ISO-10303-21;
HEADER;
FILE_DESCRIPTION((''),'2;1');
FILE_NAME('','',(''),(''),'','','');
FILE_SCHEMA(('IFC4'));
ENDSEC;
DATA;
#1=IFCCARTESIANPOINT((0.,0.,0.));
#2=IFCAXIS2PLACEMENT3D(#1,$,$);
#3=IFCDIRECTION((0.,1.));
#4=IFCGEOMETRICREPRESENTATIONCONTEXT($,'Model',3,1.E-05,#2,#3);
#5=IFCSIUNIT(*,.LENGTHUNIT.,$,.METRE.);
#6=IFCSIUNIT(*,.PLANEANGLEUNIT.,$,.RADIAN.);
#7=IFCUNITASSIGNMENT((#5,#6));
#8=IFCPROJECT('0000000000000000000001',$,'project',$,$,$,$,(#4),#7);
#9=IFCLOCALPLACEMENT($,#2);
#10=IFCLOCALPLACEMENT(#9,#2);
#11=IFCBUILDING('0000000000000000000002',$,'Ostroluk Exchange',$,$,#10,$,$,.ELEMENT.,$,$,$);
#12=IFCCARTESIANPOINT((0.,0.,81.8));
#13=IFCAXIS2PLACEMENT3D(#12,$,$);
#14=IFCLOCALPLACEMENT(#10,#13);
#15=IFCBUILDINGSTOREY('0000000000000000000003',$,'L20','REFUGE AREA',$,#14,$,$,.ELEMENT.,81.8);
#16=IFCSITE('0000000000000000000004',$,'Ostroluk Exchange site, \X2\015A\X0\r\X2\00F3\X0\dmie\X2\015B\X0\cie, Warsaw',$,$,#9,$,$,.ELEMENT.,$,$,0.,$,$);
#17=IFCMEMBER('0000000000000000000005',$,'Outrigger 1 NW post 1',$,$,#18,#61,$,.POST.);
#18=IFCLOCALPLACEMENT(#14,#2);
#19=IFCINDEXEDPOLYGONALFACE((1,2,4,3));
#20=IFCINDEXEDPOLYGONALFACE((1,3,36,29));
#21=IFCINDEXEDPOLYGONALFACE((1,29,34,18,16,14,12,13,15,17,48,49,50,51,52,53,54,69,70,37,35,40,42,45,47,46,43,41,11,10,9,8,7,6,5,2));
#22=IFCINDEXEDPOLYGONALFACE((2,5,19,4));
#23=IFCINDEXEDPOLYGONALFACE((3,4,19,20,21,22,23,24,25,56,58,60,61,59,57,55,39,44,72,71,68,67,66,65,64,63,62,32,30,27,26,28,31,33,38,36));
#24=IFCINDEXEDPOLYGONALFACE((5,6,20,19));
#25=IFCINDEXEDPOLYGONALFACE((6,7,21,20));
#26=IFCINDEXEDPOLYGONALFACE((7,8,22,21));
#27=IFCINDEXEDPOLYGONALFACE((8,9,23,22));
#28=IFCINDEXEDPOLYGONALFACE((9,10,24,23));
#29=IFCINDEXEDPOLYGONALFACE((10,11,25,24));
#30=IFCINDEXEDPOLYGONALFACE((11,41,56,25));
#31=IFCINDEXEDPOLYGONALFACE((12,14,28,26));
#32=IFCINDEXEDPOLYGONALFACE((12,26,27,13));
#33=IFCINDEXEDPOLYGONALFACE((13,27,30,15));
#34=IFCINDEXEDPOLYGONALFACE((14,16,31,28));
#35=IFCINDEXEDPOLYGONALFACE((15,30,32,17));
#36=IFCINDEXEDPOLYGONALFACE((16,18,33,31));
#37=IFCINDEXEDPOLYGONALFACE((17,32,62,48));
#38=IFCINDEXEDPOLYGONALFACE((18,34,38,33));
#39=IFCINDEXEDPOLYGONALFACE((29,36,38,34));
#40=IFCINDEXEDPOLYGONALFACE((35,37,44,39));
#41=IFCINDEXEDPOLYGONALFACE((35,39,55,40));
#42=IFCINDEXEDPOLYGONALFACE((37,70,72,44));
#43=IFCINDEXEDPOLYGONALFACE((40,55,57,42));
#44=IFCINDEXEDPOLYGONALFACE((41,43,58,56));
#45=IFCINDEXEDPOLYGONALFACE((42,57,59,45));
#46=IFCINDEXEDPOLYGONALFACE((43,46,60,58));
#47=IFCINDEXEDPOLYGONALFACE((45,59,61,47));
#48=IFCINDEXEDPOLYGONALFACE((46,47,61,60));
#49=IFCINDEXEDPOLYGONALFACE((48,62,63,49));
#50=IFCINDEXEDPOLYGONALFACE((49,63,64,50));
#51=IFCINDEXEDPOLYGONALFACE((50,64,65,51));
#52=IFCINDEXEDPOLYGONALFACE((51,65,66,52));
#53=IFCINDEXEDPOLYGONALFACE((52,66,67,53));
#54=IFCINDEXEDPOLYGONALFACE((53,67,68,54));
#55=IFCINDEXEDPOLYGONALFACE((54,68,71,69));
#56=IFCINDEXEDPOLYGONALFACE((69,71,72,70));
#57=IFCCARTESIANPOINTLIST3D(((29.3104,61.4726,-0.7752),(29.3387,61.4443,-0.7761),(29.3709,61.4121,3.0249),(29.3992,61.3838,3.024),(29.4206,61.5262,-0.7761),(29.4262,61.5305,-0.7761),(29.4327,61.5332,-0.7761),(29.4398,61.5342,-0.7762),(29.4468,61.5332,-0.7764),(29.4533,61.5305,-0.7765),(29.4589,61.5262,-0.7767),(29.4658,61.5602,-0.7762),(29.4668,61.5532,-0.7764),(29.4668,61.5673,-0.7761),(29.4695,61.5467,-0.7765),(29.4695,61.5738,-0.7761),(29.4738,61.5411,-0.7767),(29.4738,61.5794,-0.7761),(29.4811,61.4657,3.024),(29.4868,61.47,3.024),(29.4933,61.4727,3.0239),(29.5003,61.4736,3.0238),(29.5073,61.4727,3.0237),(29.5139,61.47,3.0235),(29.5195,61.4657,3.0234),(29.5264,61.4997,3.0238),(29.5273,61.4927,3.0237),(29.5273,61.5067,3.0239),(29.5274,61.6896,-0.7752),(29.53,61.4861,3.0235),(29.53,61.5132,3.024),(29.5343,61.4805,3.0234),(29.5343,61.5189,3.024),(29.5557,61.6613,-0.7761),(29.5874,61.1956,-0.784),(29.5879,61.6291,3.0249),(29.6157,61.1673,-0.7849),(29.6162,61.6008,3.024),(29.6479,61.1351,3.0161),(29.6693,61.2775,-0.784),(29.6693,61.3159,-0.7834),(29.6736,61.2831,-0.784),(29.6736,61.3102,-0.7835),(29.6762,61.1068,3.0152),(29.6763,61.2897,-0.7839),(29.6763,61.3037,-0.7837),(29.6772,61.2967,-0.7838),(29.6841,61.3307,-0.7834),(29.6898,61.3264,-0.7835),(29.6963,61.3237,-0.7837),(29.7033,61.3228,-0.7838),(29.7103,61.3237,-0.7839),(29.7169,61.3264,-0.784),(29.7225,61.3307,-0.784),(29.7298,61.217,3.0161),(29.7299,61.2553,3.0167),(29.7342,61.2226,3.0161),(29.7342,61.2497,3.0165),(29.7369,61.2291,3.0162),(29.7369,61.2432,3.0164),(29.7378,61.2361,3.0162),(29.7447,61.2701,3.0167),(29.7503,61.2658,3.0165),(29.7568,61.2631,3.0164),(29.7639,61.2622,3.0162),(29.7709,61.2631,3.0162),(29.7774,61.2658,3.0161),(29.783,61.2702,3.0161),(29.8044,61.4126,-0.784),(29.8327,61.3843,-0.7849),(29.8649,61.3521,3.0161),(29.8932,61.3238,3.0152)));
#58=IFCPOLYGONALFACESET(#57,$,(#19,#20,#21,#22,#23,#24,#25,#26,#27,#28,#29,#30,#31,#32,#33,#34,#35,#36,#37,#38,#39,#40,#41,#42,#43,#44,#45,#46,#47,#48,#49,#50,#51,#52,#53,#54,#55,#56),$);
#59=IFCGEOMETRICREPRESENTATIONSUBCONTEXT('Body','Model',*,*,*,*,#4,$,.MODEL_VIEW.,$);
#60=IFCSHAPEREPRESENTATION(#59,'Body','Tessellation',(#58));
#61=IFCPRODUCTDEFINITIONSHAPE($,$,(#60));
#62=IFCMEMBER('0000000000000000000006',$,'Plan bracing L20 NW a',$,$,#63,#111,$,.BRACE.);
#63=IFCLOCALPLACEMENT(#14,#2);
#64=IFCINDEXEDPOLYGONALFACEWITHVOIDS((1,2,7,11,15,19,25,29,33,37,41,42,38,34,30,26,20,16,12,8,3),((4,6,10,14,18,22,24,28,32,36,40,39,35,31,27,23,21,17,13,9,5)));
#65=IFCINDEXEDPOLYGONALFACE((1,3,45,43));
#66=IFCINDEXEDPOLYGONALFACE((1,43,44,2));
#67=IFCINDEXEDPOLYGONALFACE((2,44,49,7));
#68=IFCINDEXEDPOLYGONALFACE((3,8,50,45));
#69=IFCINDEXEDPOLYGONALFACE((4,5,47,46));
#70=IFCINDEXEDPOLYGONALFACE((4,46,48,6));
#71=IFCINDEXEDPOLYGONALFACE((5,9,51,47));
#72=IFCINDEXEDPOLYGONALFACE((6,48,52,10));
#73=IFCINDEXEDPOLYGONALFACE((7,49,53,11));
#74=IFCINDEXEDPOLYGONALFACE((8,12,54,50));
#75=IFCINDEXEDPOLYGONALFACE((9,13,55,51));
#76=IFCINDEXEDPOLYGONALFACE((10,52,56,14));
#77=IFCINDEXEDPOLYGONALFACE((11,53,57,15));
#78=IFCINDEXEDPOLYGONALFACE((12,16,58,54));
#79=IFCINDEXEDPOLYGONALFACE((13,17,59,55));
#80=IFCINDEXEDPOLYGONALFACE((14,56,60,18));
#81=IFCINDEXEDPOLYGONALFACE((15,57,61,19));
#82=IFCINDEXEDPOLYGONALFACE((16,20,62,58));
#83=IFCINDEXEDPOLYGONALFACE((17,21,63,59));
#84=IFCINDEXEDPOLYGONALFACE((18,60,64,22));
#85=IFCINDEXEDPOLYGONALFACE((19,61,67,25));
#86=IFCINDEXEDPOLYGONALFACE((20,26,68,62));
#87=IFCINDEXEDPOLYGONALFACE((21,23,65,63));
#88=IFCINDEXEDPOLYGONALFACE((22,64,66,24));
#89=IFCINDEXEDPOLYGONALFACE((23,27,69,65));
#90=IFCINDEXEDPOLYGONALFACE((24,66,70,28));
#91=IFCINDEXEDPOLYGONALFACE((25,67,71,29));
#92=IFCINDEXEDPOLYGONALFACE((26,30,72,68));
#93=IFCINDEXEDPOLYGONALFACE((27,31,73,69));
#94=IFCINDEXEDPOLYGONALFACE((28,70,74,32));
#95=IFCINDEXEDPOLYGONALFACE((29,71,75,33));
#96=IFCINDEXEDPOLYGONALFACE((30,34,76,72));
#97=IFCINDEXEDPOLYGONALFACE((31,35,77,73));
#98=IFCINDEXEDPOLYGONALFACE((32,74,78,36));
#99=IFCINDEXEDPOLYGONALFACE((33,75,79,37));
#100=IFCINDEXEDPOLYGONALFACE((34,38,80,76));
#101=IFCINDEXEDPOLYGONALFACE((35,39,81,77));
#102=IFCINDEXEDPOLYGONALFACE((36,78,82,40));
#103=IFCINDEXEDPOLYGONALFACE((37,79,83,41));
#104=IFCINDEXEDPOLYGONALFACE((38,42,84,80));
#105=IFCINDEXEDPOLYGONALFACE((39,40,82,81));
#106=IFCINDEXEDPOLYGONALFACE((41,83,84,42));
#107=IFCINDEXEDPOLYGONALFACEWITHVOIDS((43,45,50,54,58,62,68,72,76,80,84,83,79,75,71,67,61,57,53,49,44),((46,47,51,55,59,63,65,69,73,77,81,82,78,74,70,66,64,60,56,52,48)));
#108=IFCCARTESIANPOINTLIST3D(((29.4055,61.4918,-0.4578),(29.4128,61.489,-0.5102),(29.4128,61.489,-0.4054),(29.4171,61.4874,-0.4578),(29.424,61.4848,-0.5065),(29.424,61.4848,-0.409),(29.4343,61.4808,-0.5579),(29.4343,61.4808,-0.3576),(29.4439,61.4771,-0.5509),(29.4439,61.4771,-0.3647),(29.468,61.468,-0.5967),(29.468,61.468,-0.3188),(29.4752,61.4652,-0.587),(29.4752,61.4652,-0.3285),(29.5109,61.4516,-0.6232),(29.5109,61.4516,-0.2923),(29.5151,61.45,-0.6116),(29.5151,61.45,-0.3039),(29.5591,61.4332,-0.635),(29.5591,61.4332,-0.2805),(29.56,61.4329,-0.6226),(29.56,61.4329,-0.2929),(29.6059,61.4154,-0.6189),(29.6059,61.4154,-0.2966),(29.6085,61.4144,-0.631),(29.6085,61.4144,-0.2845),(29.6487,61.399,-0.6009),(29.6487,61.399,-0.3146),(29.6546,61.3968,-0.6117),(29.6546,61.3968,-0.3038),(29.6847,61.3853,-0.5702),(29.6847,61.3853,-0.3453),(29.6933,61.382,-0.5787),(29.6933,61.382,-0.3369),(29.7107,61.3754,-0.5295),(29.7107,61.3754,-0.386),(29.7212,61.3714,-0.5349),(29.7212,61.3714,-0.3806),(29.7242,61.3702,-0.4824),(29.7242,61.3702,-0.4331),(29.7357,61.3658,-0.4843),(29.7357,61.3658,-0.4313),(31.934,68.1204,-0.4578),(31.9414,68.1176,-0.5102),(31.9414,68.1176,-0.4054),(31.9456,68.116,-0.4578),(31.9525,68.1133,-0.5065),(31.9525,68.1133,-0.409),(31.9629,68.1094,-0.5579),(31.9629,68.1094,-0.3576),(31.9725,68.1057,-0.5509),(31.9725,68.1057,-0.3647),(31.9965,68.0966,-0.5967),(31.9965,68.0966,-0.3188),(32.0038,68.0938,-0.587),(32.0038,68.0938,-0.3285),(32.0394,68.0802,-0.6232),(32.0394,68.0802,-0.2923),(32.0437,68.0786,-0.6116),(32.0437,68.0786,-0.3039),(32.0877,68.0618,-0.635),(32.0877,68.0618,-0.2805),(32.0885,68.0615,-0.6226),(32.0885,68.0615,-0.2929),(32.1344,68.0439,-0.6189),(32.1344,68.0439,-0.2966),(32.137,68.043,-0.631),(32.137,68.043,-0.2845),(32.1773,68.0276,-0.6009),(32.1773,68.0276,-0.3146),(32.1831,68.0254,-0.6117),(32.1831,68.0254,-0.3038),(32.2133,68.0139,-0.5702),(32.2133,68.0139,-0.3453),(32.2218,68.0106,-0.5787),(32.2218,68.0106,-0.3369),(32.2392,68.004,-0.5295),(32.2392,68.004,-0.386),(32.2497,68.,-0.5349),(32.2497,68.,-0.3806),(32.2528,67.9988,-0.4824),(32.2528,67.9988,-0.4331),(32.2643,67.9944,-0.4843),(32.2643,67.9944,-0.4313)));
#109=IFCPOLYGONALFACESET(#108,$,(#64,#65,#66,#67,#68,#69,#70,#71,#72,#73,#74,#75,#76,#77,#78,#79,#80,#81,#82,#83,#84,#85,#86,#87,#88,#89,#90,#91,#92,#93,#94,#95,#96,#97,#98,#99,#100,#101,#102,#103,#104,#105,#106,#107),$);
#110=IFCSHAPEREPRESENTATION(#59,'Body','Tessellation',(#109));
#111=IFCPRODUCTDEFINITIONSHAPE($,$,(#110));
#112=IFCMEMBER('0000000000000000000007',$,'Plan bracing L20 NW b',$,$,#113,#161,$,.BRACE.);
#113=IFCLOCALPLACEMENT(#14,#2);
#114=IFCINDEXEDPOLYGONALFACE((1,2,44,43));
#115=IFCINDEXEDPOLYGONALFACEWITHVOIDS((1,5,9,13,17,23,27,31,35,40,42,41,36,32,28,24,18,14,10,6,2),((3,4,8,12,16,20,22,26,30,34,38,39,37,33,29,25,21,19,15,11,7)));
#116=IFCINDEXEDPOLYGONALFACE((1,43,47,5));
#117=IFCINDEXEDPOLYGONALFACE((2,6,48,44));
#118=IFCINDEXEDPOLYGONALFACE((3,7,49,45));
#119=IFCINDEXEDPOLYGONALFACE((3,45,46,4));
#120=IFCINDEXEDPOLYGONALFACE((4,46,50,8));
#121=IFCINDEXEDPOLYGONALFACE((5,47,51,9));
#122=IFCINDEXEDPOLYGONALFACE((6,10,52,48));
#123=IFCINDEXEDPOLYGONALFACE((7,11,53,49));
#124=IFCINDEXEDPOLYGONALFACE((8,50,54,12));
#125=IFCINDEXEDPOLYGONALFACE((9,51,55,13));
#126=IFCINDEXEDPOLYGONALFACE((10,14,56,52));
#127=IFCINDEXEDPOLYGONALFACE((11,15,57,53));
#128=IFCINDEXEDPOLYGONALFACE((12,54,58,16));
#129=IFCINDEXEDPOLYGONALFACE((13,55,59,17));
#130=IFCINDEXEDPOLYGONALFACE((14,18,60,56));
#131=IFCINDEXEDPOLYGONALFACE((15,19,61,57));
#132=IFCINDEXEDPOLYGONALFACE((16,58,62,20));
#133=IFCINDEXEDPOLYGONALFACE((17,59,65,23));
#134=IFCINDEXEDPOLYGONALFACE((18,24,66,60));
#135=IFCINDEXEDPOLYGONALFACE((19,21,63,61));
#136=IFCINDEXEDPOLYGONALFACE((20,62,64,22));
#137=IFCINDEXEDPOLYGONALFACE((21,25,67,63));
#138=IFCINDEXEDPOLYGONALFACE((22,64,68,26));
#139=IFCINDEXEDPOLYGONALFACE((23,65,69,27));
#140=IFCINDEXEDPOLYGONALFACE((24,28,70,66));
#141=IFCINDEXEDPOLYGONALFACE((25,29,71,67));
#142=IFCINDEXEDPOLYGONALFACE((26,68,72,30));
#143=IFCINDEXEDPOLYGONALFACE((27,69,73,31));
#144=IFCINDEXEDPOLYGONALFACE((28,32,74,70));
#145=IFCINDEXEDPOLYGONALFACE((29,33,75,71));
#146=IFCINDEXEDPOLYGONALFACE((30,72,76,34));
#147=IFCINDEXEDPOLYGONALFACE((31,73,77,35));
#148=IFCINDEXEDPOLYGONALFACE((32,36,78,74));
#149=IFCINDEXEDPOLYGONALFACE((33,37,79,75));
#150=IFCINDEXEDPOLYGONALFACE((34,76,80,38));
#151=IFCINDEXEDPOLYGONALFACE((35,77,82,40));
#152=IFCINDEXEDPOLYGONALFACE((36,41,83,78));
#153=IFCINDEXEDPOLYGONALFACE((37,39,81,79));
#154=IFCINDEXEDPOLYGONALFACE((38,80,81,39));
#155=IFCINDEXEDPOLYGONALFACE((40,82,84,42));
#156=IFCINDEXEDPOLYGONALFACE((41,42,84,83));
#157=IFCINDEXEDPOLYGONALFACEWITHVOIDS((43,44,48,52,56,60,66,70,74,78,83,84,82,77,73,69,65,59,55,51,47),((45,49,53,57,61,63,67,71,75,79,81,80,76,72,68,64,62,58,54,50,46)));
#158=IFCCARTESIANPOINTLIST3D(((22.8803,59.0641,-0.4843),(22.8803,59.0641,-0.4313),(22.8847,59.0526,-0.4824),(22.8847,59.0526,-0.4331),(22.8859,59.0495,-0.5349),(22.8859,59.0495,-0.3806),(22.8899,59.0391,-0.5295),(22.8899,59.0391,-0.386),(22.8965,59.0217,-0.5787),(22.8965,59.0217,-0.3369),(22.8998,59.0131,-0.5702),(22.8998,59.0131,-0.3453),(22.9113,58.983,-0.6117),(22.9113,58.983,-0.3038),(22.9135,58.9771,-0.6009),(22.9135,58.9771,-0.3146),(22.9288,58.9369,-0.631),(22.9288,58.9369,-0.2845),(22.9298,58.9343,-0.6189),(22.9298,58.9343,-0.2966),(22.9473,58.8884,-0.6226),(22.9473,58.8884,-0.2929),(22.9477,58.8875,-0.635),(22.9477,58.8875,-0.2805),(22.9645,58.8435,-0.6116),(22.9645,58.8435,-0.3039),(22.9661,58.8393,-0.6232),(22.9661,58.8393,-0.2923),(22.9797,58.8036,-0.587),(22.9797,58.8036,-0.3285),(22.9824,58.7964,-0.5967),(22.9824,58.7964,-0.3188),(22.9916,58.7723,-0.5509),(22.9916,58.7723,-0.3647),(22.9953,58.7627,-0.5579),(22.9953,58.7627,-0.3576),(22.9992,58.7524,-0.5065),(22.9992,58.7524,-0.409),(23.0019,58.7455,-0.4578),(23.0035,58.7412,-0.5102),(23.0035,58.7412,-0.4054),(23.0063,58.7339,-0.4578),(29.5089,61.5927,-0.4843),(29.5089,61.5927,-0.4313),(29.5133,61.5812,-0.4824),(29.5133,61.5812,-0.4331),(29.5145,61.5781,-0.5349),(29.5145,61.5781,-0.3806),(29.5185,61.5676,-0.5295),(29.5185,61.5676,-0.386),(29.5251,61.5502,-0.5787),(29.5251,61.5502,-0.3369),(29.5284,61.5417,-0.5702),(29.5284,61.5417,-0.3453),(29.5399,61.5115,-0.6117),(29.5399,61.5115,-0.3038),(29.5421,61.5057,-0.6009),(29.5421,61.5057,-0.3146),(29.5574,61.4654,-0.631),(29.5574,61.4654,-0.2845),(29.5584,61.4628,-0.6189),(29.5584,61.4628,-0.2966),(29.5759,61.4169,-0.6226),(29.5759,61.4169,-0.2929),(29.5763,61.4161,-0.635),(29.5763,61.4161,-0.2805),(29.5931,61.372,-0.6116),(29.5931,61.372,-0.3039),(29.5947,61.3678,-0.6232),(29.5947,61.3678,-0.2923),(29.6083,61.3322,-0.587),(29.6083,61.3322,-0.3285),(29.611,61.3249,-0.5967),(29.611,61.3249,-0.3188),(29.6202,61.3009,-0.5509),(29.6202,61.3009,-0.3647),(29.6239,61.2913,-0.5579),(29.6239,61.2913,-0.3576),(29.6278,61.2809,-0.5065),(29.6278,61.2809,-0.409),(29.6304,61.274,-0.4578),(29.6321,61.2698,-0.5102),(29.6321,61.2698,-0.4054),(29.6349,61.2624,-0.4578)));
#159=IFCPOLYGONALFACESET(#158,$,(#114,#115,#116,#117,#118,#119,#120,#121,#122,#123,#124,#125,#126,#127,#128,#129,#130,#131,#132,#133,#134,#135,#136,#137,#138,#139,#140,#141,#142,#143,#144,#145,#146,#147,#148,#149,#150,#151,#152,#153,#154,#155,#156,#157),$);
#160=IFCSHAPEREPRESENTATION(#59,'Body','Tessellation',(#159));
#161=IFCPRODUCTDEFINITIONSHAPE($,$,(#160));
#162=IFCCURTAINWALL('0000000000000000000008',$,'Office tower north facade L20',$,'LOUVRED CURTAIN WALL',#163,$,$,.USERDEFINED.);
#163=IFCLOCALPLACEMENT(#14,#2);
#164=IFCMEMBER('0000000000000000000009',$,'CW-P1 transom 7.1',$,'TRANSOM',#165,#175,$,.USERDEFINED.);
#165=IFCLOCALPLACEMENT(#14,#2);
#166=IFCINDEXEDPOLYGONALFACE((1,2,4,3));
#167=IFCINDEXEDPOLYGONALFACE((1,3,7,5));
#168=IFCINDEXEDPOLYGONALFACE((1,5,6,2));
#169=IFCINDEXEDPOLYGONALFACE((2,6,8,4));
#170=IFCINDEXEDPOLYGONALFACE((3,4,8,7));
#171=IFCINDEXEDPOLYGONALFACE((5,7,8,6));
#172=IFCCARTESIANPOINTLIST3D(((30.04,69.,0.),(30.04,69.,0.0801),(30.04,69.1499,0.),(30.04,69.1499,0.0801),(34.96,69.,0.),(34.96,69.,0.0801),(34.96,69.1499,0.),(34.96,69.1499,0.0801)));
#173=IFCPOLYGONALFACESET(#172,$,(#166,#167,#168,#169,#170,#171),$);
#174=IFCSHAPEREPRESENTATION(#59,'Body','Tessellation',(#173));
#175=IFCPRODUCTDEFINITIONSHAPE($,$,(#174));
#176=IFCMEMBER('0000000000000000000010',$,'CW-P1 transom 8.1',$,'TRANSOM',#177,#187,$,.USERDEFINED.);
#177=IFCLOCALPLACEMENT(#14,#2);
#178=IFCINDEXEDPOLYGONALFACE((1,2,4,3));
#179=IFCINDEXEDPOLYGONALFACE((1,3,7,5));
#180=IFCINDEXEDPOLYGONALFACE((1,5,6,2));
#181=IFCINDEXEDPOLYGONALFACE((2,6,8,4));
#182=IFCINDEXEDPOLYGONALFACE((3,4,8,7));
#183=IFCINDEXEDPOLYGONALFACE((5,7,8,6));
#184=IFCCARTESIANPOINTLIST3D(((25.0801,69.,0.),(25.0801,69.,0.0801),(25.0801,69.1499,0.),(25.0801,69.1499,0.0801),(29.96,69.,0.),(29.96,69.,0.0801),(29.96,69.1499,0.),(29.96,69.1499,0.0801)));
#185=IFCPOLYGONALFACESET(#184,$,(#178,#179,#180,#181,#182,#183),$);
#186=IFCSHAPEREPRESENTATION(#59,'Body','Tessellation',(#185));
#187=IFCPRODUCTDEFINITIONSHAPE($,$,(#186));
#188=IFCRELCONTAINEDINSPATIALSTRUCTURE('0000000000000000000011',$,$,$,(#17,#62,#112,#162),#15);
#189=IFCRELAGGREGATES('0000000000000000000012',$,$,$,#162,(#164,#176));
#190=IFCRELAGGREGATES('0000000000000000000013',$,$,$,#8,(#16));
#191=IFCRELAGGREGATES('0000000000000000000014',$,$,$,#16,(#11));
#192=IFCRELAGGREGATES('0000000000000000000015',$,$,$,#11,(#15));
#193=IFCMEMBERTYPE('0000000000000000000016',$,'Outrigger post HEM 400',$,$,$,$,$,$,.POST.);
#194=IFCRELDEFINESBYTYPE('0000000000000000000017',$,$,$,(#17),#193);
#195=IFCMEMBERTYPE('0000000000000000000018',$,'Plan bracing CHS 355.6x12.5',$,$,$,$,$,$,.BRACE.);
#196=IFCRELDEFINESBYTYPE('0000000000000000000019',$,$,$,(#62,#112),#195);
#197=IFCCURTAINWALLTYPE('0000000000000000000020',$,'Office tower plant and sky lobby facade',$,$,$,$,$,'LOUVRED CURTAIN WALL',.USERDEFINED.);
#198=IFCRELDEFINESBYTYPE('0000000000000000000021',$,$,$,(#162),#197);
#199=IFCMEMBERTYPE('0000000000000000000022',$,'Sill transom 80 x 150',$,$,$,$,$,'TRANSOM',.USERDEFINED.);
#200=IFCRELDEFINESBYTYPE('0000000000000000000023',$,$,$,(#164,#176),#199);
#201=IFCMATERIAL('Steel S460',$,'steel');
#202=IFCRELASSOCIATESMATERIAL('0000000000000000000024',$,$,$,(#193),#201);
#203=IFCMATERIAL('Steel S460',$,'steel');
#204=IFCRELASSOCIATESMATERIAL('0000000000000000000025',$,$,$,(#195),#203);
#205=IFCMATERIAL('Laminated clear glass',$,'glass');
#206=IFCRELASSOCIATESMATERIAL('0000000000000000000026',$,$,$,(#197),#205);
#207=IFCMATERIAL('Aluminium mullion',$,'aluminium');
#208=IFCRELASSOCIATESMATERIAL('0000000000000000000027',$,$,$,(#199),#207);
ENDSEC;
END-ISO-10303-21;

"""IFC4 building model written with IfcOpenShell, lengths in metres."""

from ifc_helpers import new_model, si_unit, direction, frame, origin, origin_2d, place, context, subcontext, project, spatial, rectangle, hollow_circle, i_section, extrude, material, material_profile, profile_set, type_object, element, aggregate, save


model = new_model("IFC4")

# Units and contexts
model_context = context("Model", 3, precision=1e-05, world=origin(), true_north=direction((0.0, 1.0)))
body_context = subcontext(model_context, "Body", "Model", "MODEL_VIEW")
ifc_project = project(units=[si_unit("LENGTHUNIT", "METRE"), si_unit("PLANEANGLEUNIT", "RADIAN")], contexts=[model_context])

# Site, building, storey
site_placement = place(None, origin())
site = spatial("IfcSite", under=ifc_project, at=site_placement, Name="Ostroluk Exchange site, Śródmieście, Warsaw", CompositionType="ELEMENT", RefElevation=0.0)
building_placement = place(site_placement, origin())
building = spatial("IfcBuilding", under=site, at=building_placement, Name="Ostroluk Exchange", CompositionType="ELEMENT")
storey_placement = place(building_placement, frame((0.0, 0.0, 81.8)))
storey = spatial("IfcBuildingStorey", under=building, at=storey_placement, Name="L20", Description="REFUGE AREA", CompositionType="ELEMENT", Elevation=81.8)

# Members
ifc_material_1 = material(Name="Steel S460", Category="steel")
ifc_material_profile_1 = material_profile(ifc_material_1, i_section(OverallWidth=0.3069, OverallDepth=0.4319, WebThickness=0.021, FlangeThickness=0.04, FilletRadius=0.0271, at=origin_2d()), Name="HEM 400")
ifc_profile_set_1 = profile_set([ifc_material_profile_1], Name="Steel S460")
member_type_1 = type_object("IfcMemberType", Name="Outrigger post HEM 400", PredefinedType="POST", material=ifc_profile_set_1)
member_1_placement = place(storey_placement, frame((29.5715, 61.4285, -0.78), z_axis=(0.015929, -0.015929, 0.999746), x_axis=(0.707107, 0.707107, 0.0)))
element("IfcMember", 1, at=member_1_placement, inside=storey, type_object=member_type_1, Name="Outrigger 1 NW post 1", PredefinedType="POST", context=body_context, shape_type="SweptSolid", body=[
    extrude(i_section(OverallWidth=0.3069, OverallDepth=0.4319, WebThickness=0.021, FlangeThickness=0.04, FilletRadius=0.0271, at=origin_2d()), origin(), (0.0, 0.0, 1.0), 3.801),
])
ifc_material_2 = material(Name="Steel S460", Category="steel")
ifc_material_profile_2 = material_profile(ifc_material_2, hollow_circle(Radius=0.1777, WallThickness=0.0125, at=origin_2d()), Name="CHS 355.6x12.5")
ifc_profile_set_2 = profile_set([ifc_material_profile_2], Name="Steel S460")
member_type_2 = type_object("IfcMemberType", Name="Plan bracing CHS 355.6x12.5", PredefinedType="BRACE", material=ifc_profile_set_2)
for number, where, z_axis, x_axis, name in (
    (2, (29.5715, 61.4285, -0.4578), (0.356409, 0.93433, 0.0), (-0.93433, 0.356409, 0.0), "Plan bracing L20 NW a"),
    (3, (29.5715, 61.4285, -0.4578), (-0.93433, -0.356409, 0.0), (0.356409, -0.93433, 0.0), "Plan bracing L20 NW b"),
):
    element("IfcMember", number, at=place(storey_placement, frame(where, z_axis=z_axis, x_axis=x_axis)), inside=storey, type_object=member_type_2, Name=name, PredefinedType="BRACE", context=body_context, shape_type="SweptSolid", body=[
        extrude(hollow_circle(Radius=0.1777, WallThickness=0.0125, at=origin_2d()), origin(), (0.0, 0.0, 1.0), 7.0945),
    ])

# Curtain wall, members
ifc_material_3 = material(Name="Laminated clear glass", Category="glass")
curtain_wall_type = type_object("IfcCurtainWallType", Name="Office tower plant and sky lobby facade", ElementType="LOUVRED CURTAIN WALL", PredefinedType="USERDEFINED", material=ifc_material_3)
curtain_wall_placement = place(storey_placement, origin())
curtain_wall = element("IfcCurtainWall", 4, at=curtain_wall_placement, inside=storey, type_object=curtain_wall_type, Name="Office tower north facade L20", ObjectType="LOUVRED CURTAIN WALL", PredefinedType="USERDEFINED")
ifc_material_4 = material(Name="Aluminium mullion", Category="aluminium")
ifc_material_profile_3 = material_profile(ifc_material_4, rectangle(XDim=0.1499, YDim=0.0801, at=origin_2d()), Name="Sill transom 80 x 150")
ifc_profile_set_3 = profile_set([ifc_material_profile_3], Name="Aluminium mullion")
member_type_3 = type_object("IfcMemberType", Name="Sill transom 80 x 150", ElementType="TRANSOM", PredefinedType="USERDEFINED", material=ifc_profile_set_3)
member_2_placement = place(storey_placement, frame((34.96, 69.075, 0.04), z_axis=(-1.0, 0.0, 0.0), x_axis=(0.0, -1.0, 0.0)))
member_2 = element("IfcMember", 5, at=member_2_placement, type_object=member_type_3, Name="CW-P1 transom 7.1", ObjectType="TRANSOM", PredefinedType="USERDEFINED", context=body_context, shape_type="SweptSolid", body=[
    extrude(rectangle(XDim=0.1499, YDim=0.0801, at=origin_2d()), origin(), (0.0, 0.0, 1.0), 4.9199),
])
member_3_placement = place(storey_placement, frame((29.96, 69.075, 0.04), z_axis=(-1.0, 0.0, 0.0), x_axis=(0.0, -1.0, 0.0)))
member_3 = element("IfcMember", 6, at=member_3_placement, type_object=member_type_3, Name="CW-P1 transom 8.1", ObjectType="TRANSOM", PredefinedType="USERDEFINED", context=body_context, shape_type="SweptSolid", body=[
    extrude(rectangle(XDim=0.1499, YDim=0.0801, at=origin_2d()), origin(), (0.0, 0.0, 1.0), 4.8799),
])
aggregate(curtain_wall, [member_2, member_3])

save(model, "model.ifc")
